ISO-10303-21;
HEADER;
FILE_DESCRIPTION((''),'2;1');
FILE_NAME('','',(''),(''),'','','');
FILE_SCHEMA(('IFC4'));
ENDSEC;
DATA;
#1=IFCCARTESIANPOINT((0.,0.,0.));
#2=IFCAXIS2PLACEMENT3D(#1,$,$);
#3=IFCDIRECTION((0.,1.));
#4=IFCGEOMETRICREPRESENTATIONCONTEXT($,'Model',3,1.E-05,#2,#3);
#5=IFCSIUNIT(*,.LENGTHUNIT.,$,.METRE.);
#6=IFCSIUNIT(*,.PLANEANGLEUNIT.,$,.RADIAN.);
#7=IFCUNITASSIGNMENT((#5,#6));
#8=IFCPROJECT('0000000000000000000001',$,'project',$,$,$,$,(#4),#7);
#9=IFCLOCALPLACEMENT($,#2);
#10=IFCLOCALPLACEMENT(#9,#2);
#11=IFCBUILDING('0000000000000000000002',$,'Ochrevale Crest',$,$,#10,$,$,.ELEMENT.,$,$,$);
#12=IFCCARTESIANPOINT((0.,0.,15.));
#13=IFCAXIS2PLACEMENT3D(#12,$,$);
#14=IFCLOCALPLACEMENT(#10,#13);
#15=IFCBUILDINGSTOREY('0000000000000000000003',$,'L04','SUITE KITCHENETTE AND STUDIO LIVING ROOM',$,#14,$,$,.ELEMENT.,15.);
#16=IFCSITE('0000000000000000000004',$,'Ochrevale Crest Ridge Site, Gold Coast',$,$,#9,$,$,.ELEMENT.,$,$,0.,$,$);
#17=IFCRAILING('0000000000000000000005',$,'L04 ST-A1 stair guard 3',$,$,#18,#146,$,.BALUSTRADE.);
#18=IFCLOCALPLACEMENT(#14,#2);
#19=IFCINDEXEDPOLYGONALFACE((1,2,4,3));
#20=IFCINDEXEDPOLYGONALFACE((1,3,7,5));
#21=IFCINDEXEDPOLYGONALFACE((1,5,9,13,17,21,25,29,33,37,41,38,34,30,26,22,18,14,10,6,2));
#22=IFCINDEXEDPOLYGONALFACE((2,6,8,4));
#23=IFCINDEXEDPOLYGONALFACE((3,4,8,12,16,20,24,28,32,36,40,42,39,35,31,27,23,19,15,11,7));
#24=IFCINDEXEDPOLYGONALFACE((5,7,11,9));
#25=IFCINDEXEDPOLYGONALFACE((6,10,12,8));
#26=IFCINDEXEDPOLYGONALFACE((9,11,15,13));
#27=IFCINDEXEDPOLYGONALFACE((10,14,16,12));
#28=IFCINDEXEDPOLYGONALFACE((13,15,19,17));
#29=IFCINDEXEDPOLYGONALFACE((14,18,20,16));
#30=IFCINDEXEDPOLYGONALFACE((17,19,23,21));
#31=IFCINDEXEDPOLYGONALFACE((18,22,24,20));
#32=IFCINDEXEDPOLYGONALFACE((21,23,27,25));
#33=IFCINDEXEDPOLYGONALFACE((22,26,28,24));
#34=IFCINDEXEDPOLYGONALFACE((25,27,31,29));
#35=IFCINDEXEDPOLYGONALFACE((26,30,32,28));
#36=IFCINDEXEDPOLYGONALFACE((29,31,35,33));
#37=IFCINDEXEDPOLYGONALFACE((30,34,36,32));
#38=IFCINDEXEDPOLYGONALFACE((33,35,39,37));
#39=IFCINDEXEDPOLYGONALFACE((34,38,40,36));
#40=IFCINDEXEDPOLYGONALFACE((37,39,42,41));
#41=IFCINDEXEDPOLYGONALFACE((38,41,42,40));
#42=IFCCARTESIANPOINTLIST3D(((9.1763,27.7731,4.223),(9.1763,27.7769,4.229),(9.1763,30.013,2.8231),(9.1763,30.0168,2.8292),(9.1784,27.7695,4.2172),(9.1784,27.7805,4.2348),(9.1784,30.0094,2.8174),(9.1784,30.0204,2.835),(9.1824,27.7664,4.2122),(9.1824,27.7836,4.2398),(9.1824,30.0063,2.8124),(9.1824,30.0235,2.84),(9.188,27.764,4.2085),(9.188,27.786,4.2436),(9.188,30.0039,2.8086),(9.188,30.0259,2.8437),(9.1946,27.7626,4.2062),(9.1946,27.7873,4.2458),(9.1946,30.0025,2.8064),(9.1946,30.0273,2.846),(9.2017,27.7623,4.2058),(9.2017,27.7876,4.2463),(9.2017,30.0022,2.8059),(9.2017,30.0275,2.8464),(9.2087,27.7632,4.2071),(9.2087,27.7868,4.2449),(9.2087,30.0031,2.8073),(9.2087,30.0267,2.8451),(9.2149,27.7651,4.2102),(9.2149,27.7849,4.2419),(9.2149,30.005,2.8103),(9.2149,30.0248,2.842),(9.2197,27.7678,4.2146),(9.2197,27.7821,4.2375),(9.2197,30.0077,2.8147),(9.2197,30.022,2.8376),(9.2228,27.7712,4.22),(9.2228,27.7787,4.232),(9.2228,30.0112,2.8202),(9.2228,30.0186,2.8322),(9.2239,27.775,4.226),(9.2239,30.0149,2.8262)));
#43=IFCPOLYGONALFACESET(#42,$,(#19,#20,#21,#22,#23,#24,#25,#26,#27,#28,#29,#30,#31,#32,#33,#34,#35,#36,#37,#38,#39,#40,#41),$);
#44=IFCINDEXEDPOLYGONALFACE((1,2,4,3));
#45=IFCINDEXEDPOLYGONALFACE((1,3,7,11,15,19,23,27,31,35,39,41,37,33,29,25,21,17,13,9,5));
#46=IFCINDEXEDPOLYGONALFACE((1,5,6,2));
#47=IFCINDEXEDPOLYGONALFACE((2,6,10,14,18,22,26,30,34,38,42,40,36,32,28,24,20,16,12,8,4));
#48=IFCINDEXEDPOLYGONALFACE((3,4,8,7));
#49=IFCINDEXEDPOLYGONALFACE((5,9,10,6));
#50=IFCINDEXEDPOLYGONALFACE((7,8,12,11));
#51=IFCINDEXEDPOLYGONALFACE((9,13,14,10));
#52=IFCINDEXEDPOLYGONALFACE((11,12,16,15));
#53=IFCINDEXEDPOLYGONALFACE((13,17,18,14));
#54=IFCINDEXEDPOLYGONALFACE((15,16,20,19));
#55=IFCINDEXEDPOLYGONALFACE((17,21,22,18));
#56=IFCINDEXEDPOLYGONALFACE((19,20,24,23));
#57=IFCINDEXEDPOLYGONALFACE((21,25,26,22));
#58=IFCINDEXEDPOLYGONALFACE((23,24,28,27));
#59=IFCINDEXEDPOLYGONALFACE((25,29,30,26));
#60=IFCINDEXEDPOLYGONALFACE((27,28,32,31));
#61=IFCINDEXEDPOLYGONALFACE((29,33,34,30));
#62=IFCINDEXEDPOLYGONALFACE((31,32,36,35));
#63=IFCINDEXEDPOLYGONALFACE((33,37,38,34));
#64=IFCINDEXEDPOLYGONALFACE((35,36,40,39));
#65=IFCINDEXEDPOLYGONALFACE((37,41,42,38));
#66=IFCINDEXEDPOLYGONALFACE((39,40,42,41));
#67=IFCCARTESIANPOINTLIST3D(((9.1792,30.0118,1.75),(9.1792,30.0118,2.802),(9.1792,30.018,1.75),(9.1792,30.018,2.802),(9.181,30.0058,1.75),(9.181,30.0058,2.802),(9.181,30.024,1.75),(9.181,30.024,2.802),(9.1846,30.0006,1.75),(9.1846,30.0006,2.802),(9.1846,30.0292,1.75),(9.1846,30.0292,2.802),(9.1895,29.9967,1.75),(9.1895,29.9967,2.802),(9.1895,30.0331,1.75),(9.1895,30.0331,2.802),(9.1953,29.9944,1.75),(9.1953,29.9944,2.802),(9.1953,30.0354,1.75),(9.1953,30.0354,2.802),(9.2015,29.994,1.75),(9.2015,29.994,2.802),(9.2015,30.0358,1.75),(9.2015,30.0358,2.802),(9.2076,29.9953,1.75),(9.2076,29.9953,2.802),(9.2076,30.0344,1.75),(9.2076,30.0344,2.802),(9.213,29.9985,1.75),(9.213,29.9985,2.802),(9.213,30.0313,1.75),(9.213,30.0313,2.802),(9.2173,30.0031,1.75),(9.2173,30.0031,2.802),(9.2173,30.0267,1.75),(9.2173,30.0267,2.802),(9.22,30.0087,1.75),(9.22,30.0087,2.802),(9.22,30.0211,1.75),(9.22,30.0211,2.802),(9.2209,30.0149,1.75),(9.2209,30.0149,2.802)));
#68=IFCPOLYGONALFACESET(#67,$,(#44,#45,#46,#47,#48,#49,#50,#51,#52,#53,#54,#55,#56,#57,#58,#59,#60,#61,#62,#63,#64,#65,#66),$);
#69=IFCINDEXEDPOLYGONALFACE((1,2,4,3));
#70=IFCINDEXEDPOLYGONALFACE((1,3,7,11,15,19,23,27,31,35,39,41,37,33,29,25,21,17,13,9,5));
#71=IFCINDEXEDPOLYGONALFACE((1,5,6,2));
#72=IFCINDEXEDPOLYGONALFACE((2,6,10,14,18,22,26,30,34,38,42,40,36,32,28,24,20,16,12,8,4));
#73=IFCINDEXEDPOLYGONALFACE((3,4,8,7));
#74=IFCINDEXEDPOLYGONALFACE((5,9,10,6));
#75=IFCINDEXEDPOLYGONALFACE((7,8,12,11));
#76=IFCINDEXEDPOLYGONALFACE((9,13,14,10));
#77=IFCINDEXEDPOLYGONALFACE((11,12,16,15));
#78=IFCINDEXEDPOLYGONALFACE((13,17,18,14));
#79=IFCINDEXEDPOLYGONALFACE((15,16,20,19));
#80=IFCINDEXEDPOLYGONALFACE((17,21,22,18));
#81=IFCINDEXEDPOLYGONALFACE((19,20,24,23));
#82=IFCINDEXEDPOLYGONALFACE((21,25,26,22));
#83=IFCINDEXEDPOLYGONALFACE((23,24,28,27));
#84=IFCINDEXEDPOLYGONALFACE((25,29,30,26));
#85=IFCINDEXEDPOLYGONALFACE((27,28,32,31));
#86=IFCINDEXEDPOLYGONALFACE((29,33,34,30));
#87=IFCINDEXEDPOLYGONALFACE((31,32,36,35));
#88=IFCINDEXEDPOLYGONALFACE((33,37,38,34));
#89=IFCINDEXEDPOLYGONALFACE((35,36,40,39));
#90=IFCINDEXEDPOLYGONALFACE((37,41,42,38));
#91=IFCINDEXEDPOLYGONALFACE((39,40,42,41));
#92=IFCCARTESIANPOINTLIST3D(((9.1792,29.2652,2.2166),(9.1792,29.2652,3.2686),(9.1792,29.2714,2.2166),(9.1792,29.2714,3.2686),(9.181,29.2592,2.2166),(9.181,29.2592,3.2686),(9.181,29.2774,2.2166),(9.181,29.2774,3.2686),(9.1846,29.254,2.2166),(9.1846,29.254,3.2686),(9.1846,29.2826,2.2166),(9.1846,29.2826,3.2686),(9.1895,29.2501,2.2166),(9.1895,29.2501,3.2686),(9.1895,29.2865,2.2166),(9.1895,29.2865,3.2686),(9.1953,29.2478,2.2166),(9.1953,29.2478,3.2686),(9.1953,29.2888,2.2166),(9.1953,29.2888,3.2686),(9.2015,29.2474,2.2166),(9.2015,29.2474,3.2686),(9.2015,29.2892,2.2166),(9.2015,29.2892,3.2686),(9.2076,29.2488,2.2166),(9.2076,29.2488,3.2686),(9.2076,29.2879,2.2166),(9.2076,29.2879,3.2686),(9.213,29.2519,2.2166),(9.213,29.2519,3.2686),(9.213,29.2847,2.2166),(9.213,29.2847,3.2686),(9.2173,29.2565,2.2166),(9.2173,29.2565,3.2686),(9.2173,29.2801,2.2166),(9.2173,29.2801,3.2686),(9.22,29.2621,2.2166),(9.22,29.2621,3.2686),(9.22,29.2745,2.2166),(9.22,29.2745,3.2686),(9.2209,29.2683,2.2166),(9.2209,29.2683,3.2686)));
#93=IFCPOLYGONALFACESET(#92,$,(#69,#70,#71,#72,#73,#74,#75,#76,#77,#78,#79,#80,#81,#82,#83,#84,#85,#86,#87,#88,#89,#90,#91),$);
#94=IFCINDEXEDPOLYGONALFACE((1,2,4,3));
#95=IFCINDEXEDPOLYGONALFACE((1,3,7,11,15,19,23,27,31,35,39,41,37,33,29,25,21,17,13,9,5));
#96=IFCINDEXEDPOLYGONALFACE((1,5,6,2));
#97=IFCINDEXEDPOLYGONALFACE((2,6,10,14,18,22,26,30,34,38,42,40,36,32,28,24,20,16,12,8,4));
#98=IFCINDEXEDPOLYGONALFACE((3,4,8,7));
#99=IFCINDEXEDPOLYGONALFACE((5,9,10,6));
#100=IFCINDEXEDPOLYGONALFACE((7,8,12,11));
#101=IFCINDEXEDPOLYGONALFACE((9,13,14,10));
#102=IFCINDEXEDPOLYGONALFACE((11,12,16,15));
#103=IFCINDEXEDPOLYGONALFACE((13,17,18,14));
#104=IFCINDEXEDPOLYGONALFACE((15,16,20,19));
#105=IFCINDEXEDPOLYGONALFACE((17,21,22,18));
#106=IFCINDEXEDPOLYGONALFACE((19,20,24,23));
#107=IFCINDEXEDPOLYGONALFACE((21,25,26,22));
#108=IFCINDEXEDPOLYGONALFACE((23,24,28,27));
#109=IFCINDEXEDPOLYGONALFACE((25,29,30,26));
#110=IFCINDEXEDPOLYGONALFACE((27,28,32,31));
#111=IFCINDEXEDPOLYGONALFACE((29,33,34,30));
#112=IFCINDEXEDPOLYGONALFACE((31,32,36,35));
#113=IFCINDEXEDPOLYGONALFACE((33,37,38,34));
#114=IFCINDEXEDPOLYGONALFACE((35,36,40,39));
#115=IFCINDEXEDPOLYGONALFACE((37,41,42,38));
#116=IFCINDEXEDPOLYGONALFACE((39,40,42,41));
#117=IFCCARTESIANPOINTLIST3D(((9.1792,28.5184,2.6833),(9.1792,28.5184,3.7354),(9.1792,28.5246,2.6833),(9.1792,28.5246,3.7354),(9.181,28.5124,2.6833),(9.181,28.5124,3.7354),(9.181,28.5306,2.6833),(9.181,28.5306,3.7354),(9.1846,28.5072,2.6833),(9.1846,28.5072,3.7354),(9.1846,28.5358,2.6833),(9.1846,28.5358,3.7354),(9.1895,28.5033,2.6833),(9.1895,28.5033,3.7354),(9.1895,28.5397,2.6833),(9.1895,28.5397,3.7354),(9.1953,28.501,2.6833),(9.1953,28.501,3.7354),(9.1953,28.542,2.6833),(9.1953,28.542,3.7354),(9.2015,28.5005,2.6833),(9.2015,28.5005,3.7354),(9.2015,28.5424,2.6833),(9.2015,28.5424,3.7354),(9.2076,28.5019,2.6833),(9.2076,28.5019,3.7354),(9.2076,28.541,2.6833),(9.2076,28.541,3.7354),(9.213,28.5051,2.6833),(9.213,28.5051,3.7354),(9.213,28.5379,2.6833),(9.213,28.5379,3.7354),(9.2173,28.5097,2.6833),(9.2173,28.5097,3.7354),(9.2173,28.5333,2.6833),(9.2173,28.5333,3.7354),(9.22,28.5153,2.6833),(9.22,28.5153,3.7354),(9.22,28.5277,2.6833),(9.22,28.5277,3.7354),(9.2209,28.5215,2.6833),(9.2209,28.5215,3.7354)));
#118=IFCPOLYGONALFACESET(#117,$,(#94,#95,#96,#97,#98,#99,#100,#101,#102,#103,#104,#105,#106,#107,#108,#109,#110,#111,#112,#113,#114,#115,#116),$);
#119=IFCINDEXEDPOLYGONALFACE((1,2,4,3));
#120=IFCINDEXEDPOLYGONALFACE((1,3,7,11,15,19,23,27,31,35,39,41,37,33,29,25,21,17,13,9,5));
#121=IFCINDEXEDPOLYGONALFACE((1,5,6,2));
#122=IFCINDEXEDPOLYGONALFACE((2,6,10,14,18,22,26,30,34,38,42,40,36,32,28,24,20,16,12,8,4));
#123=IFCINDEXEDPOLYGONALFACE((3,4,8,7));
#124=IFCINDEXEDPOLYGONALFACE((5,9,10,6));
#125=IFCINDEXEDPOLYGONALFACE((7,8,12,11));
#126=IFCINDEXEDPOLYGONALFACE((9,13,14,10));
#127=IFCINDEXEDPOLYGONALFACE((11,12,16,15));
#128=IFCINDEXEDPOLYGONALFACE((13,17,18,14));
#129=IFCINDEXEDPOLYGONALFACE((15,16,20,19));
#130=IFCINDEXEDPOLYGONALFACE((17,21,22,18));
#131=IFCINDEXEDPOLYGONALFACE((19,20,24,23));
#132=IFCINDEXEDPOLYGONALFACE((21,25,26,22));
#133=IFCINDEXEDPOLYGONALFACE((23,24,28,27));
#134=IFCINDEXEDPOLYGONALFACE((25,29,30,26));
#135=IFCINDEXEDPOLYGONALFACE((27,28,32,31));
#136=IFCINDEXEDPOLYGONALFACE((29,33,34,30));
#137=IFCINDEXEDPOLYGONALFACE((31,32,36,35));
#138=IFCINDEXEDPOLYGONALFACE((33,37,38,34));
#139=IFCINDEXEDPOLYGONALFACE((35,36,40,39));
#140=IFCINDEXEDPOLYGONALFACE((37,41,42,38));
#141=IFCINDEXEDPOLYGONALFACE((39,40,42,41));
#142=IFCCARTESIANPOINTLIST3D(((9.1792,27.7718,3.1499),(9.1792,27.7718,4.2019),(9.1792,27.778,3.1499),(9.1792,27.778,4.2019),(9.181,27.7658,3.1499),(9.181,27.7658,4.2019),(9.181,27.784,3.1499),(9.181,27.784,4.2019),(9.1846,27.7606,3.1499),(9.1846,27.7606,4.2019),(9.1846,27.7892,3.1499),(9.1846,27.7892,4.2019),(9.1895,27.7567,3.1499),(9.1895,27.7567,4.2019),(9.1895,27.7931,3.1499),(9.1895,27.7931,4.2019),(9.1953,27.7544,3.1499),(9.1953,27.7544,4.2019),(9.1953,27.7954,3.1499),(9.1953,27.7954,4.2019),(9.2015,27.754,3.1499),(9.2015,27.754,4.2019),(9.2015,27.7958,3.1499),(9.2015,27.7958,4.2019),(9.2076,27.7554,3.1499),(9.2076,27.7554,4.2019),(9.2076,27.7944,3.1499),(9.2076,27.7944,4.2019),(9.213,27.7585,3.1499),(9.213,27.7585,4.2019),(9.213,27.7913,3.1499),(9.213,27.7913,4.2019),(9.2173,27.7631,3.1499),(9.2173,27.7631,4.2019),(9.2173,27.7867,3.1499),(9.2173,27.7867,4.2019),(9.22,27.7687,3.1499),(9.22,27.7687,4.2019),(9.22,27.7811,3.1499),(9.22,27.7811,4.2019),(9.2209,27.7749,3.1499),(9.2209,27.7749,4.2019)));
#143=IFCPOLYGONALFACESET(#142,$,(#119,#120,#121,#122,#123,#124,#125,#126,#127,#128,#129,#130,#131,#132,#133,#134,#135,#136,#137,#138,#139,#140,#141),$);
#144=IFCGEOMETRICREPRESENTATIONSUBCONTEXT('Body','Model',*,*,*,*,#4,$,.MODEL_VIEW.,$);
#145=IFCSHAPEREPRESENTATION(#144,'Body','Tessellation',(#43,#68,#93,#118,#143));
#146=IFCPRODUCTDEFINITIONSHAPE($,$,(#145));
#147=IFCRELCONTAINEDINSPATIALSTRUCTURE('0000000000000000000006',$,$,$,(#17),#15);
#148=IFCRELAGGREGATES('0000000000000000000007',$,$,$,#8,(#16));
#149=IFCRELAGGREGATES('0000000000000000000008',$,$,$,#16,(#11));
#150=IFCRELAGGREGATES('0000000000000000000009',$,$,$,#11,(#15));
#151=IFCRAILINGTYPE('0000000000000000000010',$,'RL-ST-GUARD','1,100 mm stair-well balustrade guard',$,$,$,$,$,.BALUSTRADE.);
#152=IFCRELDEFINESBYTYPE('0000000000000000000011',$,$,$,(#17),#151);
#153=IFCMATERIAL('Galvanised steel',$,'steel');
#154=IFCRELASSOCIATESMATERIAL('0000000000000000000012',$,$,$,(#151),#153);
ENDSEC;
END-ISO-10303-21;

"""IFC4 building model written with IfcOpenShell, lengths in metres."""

from ifc_helpers import new_model, si_unit, direction, frame, origin, origin_2d, place, context, subcontext, project, spatial, circle, extrude, material, type_object, element, save


model = new_model("IFC4")

# Units and contexts
model_context = context("Model", 3, precision=1e-05, world=origin(), true_north=direction((0.0, 1.0)))
body_context = subcontext(model_context, "Body", "Model", "MODEL_VIEW")
ifc_project = project(units=[si_unit("LENGTHUNIT", "METRE"), si_unit("PLANEANGLEUNIT", "RADIAN")], contexts=[model_context])

# Site, building, storey
site_placement = place(None, origin())
site = spatial("IfcSite", under=ifc_project, at=site_placement, Name="Ochrevale Crest Ridge Site, Gold Coast", CompositionType="ELEMENT", RefElevation=0.0)
building_placement = place(site_placement, origin())
building = spatial("IfcBuilding", under=site, at=building_placement, Name="Ochrevale Crest", CompositionType="ELEMENT")
storey_placement = place(building_placement, frame((0.0, 0.0, 15.0)))
storey = spatial("IfcBuildingStorey", under=building, at=storey_placement, Name="L04", Description="SUITE KITCHENETTE AND STUDIO LIVING ROOM", CompositionType="ELEMENT", Elevation=15.0)

# Railing
ifc_material_1 = material(Name="Galvanised steel", Category="steel")
railing_type_1 = type_object("IfcRailingType", Name="RL-ST-GUARD", Description="1,100 mm stair-well balustrade guard", PredefinedType="BALUSTRADE", material=ifc_material_1)
railing_1_placement = place(storey_placement, frame((9.2, 30.0149, 1.75)))
element("IfcRailing", 1, at=railing_1_placement, inside=storey, type_object=railing_type_1, Name="L04 ST-A1 stair guard 3", PredefinedType="BALUSTRADE", context=body_context, shape_type="SweptSolid", body=[
    extrude(circle(Radius=0.0239, at=origin_2d()), frame((0.0, 0.0, 1.0762), z_axis=(0.0, -0.848014, 0.529974), x_axis=(1.0, 0.0, 0.0)), (0.0, 0.0, 1.0), 2.6414),
    extrude(circle(Radius=0.021, at=origin_2d()), origin(), (0.0, 0.0, 1.0), 1.052),
    extrude(circle(Radius=0.021, at=origin_2d()), frame((0.0, -0.7466, 0.4666)), (0.0, 0.0, 1.0), 1.052),
    extrude(circle(Radius=0.021, at=origin_2d()), frame((0.0, -1.4934, 0.9333)), (0.0, 0.0, 1.0), 1.052),
    extrude(circle(Radius=0.021, at=origin_2d()), frame((0.0, -2.24, 1.3999)), (0.0, 0.0, 1.0), 1.052),
])

save(model, "model.ifc")
